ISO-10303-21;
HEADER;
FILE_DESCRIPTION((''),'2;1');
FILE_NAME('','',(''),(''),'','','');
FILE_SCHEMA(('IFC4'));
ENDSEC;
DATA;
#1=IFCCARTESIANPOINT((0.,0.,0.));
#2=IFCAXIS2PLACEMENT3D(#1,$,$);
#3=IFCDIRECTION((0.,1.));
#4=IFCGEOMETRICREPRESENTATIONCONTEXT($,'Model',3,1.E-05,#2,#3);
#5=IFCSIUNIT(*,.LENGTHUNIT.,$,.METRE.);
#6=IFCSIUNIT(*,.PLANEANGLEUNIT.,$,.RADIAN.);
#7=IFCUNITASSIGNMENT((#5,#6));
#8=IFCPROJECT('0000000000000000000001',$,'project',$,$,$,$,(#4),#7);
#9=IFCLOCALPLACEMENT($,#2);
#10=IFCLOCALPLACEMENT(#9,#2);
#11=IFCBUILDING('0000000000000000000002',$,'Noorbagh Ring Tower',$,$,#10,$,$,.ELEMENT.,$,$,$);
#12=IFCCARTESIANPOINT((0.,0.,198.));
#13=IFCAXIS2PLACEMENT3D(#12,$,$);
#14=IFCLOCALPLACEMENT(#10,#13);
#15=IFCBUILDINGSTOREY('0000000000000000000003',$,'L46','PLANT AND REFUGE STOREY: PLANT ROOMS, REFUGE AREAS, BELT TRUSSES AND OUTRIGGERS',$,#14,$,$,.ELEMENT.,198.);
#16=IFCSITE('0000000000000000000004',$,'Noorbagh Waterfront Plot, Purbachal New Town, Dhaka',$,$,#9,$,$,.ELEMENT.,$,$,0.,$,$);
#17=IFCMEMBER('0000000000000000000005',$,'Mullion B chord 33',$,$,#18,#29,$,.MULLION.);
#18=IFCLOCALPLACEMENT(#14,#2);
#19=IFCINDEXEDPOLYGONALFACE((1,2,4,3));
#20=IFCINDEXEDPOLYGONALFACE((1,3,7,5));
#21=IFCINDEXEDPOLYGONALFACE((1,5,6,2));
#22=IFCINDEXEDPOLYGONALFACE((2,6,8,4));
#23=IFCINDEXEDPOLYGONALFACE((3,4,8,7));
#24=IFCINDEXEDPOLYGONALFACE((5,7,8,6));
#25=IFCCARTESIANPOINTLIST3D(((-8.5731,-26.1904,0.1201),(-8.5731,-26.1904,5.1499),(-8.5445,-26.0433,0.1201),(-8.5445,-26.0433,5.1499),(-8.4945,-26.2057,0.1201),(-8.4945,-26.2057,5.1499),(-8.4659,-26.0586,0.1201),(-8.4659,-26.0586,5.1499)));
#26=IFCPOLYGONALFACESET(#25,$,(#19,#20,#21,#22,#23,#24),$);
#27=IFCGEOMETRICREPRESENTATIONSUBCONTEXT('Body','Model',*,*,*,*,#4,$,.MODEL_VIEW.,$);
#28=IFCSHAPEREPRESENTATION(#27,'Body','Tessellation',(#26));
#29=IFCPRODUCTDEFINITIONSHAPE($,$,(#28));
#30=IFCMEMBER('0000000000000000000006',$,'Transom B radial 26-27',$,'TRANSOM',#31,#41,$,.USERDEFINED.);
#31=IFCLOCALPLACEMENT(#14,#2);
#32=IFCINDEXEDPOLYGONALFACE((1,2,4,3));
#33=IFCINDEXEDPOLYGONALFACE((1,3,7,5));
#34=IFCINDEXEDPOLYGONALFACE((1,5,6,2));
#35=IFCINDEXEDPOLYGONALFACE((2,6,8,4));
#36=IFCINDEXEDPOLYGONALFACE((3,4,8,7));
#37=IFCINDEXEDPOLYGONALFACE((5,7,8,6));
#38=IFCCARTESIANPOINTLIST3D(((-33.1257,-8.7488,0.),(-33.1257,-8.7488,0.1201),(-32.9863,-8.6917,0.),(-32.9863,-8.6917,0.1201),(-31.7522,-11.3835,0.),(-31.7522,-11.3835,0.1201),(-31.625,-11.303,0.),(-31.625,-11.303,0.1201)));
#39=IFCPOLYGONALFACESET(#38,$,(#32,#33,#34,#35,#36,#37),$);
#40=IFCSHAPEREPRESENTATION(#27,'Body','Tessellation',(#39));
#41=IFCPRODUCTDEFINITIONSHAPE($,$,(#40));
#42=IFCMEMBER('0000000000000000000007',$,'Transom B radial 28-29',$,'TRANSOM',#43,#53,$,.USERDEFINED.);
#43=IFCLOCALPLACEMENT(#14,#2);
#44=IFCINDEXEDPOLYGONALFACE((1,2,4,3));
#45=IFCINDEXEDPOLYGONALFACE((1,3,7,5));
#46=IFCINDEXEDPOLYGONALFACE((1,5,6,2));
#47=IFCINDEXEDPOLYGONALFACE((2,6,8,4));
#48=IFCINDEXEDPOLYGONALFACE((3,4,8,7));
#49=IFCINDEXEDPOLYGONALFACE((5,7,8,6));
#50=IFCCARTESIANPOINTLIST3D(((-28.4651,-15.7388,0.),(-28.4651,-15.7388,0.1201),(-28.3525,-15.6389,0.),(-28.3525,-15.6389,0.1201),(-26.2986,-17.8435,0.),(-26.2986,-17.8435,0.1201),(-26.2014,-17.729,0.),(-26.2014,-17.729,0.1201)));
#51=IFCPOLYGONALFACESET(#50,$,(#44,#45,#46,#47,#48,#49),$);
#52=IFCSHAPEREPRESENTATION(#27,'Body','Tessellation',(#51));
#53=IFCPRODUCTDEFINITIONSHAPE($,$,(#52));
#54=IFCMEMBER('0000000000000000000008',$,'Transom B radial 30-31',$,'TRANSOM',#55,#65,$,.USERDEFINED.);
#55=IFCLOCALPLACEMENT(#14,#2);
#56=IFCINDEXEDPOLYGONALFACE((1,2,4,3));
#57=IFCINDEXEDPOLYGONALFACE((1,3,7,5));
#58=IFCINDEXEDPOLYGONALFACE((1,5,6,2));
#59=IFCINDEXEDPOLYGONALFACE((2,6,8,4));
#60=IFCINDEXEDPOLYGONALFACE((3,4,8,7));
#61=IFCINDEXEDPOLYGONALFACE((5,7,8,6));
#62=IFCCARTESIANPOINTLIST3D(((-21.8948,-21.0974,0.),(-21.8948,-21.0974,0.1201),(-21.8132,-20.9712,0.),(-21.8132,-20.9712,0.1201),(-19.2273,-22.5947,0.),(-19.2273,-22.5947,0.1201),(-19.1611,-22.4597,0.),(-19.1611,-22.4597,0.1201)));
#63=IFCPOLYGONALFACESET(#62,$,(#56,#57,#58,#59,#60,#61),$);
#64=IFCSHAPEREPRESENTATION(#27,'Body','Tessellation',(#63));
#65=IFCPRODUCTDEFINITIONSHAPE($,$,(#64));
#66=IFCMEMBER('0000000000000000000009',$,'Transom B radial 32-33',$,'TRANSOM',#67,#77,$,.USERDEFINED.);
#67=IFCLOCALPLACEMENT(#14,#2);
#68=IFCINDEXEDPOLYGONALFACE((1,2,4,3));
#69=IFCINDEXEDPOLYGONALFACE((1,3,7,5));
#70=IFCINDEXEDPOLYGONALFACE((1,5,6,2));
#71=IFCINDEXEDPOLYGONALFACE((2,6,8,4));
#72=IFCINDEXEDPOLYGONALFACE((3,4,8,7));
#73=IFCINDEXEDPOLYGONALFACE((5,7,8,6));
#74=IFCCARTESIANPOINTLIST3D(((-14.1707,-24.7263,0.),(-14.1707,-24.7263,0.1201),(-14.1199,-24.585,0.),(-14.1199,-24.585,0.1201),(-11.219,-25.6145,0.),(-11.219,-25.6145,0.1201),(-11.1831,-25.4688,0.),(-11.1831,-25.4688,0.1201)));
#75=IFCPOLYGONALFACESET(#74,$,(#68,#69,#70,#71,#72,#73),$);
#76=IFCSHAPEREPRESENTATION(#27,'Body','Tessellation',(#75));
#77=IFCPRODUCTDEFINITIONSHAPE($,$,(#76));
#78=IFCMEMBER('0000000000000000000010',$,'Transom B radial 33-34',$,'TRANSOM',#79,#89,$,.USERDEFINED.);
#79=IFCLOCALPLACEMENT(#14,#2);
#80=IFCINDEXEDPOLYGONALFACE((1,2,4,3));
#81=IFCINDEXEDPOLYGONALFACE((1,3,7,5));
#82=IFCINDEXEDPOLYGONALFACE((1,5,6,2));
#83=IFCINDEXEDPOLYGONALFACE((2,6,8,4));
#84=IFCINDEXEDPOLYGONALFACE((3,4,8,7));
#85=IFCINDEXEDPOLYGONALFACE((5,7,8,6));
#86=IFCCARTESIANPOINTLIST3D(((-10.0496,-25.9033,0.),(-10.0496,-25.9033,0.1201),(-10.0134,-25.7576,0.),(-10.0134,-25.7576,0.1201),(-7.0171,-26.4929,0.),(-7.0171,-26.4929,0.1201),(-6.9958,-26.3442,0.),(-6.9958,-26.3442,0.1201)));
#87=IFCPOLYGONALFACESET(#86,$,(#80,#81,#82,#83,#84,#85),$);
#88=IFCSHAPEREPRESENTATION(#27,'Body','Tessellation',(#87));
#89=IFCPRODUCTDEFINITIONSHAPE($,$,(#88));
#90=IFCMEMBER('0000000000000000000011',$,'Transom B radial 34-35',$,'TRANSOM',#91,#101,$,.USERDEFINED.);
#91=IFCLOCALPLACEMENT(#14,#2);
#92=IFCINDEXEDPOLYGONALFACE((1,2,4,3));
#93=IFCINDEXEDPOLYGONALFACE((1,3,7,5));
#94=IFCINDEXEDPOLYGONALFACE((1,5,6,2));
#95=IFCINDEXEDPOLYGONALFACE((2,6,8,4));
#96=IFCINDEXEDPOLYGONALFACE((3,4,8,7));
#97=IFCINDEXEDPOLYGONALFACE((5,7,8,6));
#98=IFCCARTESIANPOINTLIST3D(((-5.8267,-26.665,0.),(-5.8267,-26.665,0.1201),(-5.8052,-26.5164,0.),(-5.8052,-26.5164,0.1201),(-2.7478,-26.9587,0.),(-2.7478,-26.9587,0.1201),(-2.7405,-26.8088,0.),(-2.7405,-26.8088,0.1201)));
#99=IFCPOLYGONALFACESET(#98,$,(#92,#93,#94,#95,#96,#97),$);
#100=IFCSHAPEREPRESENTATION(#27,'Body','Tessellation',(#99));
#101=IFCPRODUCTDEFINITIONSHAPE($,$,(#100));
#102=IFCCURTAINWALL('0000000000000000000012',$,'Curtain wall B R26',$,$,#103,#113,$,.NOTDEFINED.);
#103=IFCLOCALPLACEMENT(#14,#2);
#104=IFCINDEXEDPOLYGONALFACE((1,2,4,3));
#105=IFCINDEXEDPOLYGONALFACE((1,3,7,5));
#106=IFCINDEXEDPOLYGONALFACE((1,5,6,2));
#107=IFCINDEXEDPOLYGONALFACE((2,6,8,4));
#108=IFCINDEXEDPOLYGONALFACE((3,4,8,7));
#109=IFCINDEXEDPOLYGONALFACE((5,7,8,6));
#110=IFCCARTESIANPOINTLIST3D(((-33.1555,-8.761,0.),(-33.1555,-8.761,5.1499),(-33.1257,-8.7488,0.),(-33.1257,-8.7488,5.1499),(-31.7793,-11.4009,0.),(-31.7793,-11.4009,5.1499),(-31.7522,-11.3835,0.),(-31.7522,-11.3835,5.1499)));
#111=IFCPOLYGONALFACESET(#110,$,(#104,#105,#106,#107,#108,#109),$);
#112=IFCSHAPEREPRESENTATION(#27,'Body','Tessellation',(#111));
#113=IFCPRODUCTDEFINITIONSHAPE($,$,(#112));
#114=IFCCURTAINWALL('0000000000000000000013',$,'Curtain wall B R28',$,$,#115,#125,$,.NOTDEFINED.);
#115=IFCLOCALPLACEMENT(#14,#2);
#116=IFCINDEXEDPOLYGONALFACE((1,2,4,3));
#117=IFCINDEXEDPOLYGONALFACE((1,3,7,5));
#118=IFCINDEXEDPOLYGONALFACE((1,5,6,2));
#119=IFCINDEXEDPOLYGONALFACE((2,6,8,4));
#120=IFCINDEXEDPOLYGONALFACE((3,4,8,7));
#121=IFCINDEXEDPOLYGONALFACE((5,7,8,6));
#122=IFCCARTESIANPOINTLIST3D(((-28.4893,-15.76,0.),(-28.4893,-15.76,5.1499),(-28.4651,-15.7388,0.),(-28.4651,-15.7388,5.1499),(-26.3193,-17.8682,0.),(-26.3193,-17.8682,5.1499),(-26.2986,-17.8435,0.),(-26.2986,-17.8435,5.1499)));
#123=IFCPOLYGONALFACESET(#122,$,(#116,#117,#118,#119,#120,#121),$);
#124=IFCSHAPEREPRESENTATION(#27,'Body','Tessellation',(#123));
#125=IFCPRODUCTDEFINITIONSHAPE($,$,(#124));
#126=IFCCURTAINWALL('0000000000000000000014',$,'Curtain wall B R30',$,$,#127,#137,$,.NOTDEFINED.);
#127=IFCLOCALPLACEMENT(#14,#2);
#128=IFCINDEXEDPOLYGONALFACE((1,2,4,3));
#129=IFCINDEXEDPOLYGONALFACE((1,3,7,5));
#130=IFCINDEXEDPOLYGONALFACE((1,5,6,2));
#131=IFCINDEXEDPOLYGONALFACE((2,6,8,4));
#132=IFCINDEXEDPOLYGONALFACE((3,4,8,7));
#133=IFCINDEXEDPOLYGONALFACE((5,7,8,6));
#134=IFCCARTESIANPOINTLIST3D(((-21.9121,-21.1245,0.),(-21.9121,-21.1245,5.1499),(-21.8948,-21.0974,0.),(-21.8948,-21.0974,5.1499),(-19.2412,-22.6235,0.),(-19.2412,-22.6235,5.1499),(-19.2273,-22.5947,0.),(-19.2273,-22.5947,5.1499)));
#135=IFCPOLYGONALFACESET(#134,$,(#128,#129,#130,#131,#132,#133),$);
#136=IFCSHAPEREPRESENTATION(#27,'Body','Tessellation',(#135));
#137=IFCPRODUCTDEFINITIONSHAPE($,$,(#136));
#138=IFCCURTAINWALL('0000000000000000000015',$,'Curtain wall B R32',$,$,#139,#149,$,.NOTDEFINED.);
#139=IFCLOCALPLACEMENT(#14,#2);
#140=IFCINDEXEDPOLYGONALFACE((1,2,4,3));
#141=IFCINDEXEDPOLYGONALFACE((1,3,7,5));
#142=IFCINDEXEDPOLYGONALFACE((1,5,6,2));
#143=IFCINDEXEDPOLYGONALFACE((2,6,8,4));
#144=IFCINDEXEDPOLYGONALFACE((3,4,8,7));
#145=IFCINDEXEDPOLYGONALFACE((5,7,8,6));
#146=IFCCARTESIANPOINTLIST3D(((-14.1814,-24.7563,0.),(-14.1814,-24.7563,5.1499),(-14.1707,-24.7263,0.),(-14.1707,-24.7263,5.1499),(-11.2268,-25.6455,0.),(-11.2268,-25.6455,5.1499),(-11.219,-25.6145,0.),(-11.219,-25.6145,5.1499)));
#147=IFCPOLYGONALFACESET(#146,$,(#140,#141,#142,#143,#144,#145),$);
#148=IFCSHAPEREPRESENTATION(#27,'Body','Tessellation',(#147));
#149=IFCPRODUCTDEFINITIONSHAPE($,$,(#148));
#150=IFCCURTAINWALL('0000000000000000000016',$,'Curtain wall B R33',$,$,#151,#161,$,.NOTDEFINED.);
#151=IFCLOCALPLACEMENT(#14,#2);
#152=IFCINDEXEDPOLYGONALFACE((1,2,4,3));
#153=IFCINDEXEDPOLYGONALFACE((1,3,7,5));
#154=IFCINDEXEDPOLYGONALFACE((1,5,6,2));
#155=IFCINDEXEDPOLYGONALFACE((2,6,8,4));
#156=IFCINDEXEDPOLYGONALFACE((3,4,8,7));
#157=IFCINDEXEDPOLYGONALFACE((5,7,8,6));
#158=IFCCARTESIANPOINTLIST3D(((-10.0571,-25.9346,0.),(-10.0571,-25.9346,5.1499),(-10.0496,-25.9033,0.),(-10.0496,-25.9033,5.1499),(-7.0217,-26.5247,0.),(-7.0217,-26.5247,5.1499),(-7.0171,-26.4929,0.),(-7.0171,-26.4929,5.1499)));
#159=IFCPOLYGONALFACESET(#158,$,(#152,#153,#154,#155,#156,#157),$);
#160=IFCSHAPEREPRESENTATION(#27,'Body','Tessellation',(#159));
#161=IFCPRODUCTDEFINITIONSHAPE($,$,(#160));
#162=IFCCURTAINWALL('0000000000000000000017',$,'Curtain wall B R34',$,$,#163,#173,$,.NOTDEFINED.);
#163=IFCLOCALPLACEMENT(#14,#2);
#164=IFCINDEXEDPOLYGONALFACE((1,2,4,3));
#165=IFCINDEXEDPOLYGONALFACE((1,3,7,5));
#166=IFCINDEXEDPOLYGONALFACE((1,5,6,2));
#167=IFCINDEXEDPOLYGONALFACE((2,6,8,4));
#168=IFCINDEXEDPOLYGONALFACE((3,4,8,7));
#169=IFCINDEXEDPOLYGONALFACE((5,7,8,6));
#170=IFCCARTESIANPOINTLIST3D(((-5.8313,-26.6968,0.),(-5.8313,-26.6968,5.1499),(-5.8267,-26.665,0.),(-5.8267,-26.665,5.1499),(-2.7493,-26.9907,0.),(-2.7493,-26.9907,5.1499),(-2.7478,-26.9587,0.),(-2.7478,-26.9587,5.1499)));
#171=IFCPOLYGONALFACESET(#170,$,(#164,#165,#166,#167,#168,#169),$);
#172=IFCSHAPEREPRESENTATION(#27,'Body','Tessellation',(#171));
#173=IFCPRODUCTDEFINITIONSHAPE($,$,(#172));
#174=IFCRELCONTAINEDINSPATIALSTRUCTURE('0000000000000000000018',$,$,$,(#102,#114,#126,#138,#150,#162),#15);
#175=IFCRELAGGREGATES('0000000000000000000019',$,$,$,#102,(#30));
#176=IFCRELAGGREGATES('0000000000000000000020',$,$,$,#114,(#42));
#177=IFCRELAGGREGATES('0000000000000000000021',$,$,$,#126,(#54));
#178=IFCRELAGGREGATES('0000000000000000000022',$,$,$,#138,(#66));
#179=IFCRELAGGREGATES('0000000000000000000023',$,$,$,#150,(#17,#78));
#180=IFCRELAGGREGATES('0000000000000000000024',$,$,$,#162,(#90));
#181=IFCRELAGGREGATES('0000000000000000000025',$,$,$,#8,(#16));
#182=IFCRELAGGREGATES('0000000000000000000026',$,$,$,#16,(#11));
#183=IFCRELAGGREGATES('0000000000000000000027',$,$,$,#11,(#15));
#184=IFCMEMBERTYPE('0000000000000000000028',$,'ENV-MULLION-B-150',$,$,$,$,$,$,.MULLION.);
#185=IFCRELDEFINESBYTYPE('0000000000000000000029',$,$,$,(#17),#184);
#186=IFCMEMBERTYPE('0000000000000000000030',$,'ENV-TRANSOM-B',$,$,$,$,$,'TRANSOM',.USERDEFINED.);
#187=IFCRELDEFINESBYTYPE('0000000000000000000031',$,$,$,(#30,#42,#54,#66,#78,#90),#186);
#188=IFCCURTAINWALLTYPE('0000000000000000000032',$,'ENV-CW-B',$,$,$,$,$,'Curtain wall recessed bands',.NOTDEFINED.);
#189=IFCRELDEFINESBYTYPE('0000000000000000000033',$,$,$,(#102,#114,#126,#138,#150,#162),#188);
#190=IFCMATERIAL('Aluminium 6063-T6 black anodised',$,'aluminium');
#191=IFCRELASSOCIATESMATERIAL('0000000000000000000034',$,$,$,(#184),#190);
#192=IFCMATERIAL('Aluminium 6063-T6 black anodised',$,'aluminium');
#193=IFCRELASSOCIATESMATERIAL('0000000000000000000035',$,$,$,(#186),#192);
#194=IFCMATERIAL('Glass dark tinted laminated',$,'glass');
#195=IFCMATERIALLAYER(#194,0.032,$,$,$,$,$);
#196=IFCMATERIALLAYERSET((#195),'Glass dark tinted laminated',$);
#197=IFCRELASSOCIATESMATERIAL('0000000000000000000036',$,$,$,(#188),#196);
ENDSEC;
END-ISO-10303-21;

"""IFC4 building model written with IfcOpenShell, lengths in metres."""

from ifc_helpers import new_model, si_unit, direction, frame, origin, origin_2d, place, context, subcontext, project, spatial, polyline, rectangle, outline, extrude, material, layer, layer_set, material_profile, profile_set, type_object, element, aggregate, save


model = new_model("IFC4")

# Units and contexts
model_context = context("Model", 3, precision=1e-05, world=origin(), true_north=direction((0.0, 1.0)))
body_context = subcontext(model_context, "Body", "Model", "MODEL_VIEW")
ifc_project = project(units=[si_unit("LENGTHUNIT", "METRE"), si_unit("PLANEANGLEUNIT", "RADIAN")], contexts=[model_context])

# Members
ifc_material_1 = material(Name="Aluminium 6063-T6 black anodised", Category="aluminium")
ifc_material_profile = material_profile(ifc_material_1, rectangle(XDim=0.1499, YDim=0.0801, at=origin_2d()), Name="150x80")
ifc_profile_set = profile_set([ifc_material_profile], Name="Aluminium 6063-T6 black anodised")
member_type_1 = type_object("IfcMemberType", Name="ENV-MULLION-B-150", PredefinedType="MULLION", material=ifc_profile_set)
site_placement = place(None, origin())
building_placement = place(site_placement, origin())
storey_placement = place(building_placement, frame((0.0, 0.0, 198.0)))
member_1_placement = place(storey_placement, frame((-8.5195, -26.1245, 0.1201), z_axis=(0.0, 0.0, 1.0), x_axis=(0.19082, 0.981625, 0.0)))
member_1 = element("IfcMember", 1, at=member_1_placement, type_object=member_type_1, Name="Mullion B chord 33", PredefinedType="MULLION", context=body_context, shape_type="SweptSolid", body=[
    extrude(rectangle(XDim=0.1499, YDim=0.0801, at=origin_2d()), origin(), (0.0, 0.0, 1.0), 5.0298),
])
ifc_material_2 = material(Name="Aluminium 6063-T6 black anodised", Category="aluminium")
member_type_2 = type_object("IfcMemberType", Name="ENV-TRANSOM-B", ElementType="TRANSOM", PredefinedType="USERDEFINED", material=ifc_material_2)
member_2_placement = place(storey_placement, origin())
member_2 = element("IfcMember", 2, at=member_2_placement, type_object=member_type_2, Name="Transom B radial 26-27", ObjectType="TRANSOM", PredefinedType="USERDEFINED", context=body_context, shape_type="SweptSolid", body=[
    extrude(outline(polyline([(-33.1257, -8.7488), (-31.7522, -11.3835), (-31.625, -11.303), (-32.9863, -8.6917), (-33.1257, -8.7488)])), origin(), (0.0, 0.0, 1.0), 0.1201),
])
member_3_placement = place(storey_placement, origin())
member_3 = element("IfcMember", 3, at=member_3_placement, type_object=member_type_2, Name="Transom B radial 28-29", ObjectType="TRANSOM", PredefinedType="USERDEFINED", context=body_context, shape_type="SweptSolid", body=[
    extrude(outline(polyline([(-28.4651, -15.7388), (-26.2986, -17.8435), (-26.2014, -17.729), (-28.3525, -15.6389), (-28.4651, -15.7388)])), origin(), (0.0, 0.0, 1.0), 0.1201),
])
member_4_placement = place(storey_placement, origin())
member_4 = element("IfcMember", 4, at=member_4_placement, type_object=member_type_2, Name="Transom B radial 30-31", ObjectType="TRANSOM", PredefinedType="USERDEFINED", context=body_context, shape_type="SweptSolid", body=[
    extrude(outline(polyline([(-21.8948, -21.0974), (-19.2273, -22.5947), (-19.1611, -22.4597), (-21.8132, -20.9712), (-21.8948, -21.0974)])), origin(), (0.0, 0.0, 1.0), 0.1201),
])
member_5_placement = place(storey_placement, origin())
member_5 = element("IfcMember", 5, at=member_5_placement, type_object=member_type_2, Name="Transom B radial 32-33", ObjectType="TRANSOM", PredefinedType="USERDEFINED", context=body_context, shape_type="SweptSolid", body=[
    extrude(outline(polyline([(-14.1707, -24.7263), (-11.219, -25.6145), (-11.1831, -25.4688), (-14.1199, -24.585), (-14.1707, -24.7263)])), origin(), (0.0, 0.0, 1.0), 0.1201),
])
member_6_placement = place(storey_placement, origin())
member_6 = element("IfcMember", 6, at=member_6_placement, type_object=member_type_2, Name="Transom B radial 33-34", ObjectType="TRANSOM", PredefinedType="USERDEFINED", context=body_context, shape_type="SweptSolid", body=[
    extrude(outline(polyline([(-10.0496, -25.9033), (-7.0171, -26.4929), (-6.9958, -26.3442), (-10.0134, -25.7576), (-10.0496, -25.9033)])), origin(), (0.0, 0.0, 1.0), 0.1201),
])
member_7_placement = place(storey_placement, origin())
member_7 = element("IfcMember", 7, at=member_7_placement, type_object=member_type_2, Name="Transom B radial 34-35", ObjectType="TRANSOM", PredefinedType="USERDEFINED", context=body_context, shape_type="SweptSolid", body=[
    extrude(outline(polyline([(-5.8267, -26.665), (-2.7478, -26.9587), (-2.7405, -26.8088), (-5.8052, -26.5164), (-5.8267, -26.665)])), origin(), (0.0, 0.0, 1.0), 0.1201),
])

# Site, building, storey
site = spatial("IfcSite", under=ifc_project, at=site_placement, Name="Noorbagh Waterfront Plot, Purbachal New Town, Dhaka", CompositionType="ELEMENT", RefElevation=0.0)
building = spatial("IfcBuilding", under=site, at=building_placement, Name="Noorbagh Ring Tower", CompositionType="ELEMENT")
storey = spatial("IfcBuildingStorey", under=building, at=storey_placement, Name="L46", Description="PLANT AND REFUGE STOREY: PLANT ROOMS, REFUGE AREAS, BELT TRUSSES AND OUTRIGGERS", CompositionType="ELEMENT", Elevation=198.0)

# Curtain walls
ifc_material_3 = material(Name="Glass dark tinted laminated", Category="glass")
ifc_layer = layer(ifc_material_3, 0.032)
ifc_layer_set = layer_set([ifc_layer], Name="Glass dark tinted laminated")
curtain_wall_type = type_object("IfcCurtainWallType", Name="ENV-CW-B", ElementType="Curtain wall recessed bands", PredefinedType="NOTDEFINED", material=ifc_layer_set)
curtain_wall_1_placement = place(storey_placement, origin())
curtain_wall_1 = element("IfcCurtainWall", 8, at=curtain_wall_1_placement, inside=storey, type_object=curtain_wall_type, Name="Curtain wall B R26", PredefinedType="NOTDEFINED", context=body_context, shape_type="SweptSolid", body=[
    extrude(outline(polyline([(-33.1555, -8.761), (-31.7793, -11.4009), (-31.7522, -11.3835), (-33.1257, -8.7488), (-33.1555, -8.761)])), origin(), (0.0, 0.0, 1.0), 5.1499),
])
aggregate(curtain_wall_1, [member_2])
curtain_wall_2_placement = place(storey_placement, origin())
curtain_wall_2 = element("IfcCurtainWall", 9, at=curtain_wall_2_placement, inside=storey, type_object=curtain_wall_type, Name="Curtain wall B R28", PredefinedType="NOTDEFINED", context=body_context, shape_type="SweptSolid", body=[
    extrude(outline(polyline([(-28.4893, -15.76), (-26.3193, -17.8682), (-26.2986, -17.8435), (-28.4651, -15.7388), (-28.4893, -15.76)])), origin(), (0.0, 0.0, 1.0), 5.1499),
])
aggregate(curtain_wall_2, [member_3])
curtain_wall_3_placement = place(storey_placement, origin())
curtain_wall_3 = element("IfcCurtainWall", 10, at=curtain_wall_3_placement, inside=storey, type_object=curtain_wall_type, Name="Curtain wall B R30", PredefinedType="NOTDEFINED", context=body_context, shape_type="SweptSolid", body=[
    extrude(outline(polyline([(-21.9121, -21.1245), (-19.2412, -22.6235), (-19.2273, -22.5947), (-21.8948, -21.0974), (-21.9121, -21.1245)])), origin(), (0.0, 0.0, 1.0), 5.1499),
])
aggregate(curtain_wall_3, [member_4])
curtain_wall_4_placement = place(storey_placement, origin())
curtain_wall_4 = element("IfcCurtainWall", 11, at=curtain_wall_4_placement, inside=storey, type_object=curtain_wall_type, Name="Curtain wall B R32", PredefinedType="NOTDEFINED", context=body_context, shape_type="SweptSolid", body=[
    extrude(outline(polyline([(-14.1814, -24.7563), (-11.2268, -25.6455), (-11.219, -25.6145), (-14.1707, -24.7263), (-14.1814, -24.7563)])), origin(), (0.0, 0.0, 1.0), 5.1499),
])
aggregate(curtain_wall_4, [member_5])
curtain_wall_5_placement = place(storey_placement, origin())
curtain_wall_5 = element("IfcCurtainWall", 12, at=curtain_wall_5_placement, inside=storey, type_object=curtain_wall_type, Name="Curtain wall B R33", PredefinedType="NOTDEFINED", context=body_context, shape_type="SweptSolid", body=[
    extrude(outline(polyline([(-10.0571, -25.9346), (-7.0217, -26.5247), (-7.0171, -26.4929), (-10.0496, -25.9033), (-10.0571, -25.9346)])), origin(), (0.0, 0.0, 1.0), 5.1499),
])
aggregate(curtain_wall_5, [member_1, member_6])
curtain_wall_6_placement = place(storey_placement, origin())
curtain_wall_6 = element("IfcCurtainWall", 13, at=curtain_wall_6_placement, inside=storey, type_object=curtain_wall_type, Name="Curtain wall B R34", PredefinedType="NOTDEFINED", context=body_context, shape_type="SweptSolid", body=[
    extrude(outline(polyline([(-5.8313, -26.6968), (-2.7493, -26.9907), (-2.7478, -26.9587), (-5.8267, -26.665), (-5.8313, -26.6968)])), origin(), (0.0, 0.0, 1.0), 5.1499),
])
aggregate(curtain_wall_6, [member_7])

save(model, "model.ifc")
